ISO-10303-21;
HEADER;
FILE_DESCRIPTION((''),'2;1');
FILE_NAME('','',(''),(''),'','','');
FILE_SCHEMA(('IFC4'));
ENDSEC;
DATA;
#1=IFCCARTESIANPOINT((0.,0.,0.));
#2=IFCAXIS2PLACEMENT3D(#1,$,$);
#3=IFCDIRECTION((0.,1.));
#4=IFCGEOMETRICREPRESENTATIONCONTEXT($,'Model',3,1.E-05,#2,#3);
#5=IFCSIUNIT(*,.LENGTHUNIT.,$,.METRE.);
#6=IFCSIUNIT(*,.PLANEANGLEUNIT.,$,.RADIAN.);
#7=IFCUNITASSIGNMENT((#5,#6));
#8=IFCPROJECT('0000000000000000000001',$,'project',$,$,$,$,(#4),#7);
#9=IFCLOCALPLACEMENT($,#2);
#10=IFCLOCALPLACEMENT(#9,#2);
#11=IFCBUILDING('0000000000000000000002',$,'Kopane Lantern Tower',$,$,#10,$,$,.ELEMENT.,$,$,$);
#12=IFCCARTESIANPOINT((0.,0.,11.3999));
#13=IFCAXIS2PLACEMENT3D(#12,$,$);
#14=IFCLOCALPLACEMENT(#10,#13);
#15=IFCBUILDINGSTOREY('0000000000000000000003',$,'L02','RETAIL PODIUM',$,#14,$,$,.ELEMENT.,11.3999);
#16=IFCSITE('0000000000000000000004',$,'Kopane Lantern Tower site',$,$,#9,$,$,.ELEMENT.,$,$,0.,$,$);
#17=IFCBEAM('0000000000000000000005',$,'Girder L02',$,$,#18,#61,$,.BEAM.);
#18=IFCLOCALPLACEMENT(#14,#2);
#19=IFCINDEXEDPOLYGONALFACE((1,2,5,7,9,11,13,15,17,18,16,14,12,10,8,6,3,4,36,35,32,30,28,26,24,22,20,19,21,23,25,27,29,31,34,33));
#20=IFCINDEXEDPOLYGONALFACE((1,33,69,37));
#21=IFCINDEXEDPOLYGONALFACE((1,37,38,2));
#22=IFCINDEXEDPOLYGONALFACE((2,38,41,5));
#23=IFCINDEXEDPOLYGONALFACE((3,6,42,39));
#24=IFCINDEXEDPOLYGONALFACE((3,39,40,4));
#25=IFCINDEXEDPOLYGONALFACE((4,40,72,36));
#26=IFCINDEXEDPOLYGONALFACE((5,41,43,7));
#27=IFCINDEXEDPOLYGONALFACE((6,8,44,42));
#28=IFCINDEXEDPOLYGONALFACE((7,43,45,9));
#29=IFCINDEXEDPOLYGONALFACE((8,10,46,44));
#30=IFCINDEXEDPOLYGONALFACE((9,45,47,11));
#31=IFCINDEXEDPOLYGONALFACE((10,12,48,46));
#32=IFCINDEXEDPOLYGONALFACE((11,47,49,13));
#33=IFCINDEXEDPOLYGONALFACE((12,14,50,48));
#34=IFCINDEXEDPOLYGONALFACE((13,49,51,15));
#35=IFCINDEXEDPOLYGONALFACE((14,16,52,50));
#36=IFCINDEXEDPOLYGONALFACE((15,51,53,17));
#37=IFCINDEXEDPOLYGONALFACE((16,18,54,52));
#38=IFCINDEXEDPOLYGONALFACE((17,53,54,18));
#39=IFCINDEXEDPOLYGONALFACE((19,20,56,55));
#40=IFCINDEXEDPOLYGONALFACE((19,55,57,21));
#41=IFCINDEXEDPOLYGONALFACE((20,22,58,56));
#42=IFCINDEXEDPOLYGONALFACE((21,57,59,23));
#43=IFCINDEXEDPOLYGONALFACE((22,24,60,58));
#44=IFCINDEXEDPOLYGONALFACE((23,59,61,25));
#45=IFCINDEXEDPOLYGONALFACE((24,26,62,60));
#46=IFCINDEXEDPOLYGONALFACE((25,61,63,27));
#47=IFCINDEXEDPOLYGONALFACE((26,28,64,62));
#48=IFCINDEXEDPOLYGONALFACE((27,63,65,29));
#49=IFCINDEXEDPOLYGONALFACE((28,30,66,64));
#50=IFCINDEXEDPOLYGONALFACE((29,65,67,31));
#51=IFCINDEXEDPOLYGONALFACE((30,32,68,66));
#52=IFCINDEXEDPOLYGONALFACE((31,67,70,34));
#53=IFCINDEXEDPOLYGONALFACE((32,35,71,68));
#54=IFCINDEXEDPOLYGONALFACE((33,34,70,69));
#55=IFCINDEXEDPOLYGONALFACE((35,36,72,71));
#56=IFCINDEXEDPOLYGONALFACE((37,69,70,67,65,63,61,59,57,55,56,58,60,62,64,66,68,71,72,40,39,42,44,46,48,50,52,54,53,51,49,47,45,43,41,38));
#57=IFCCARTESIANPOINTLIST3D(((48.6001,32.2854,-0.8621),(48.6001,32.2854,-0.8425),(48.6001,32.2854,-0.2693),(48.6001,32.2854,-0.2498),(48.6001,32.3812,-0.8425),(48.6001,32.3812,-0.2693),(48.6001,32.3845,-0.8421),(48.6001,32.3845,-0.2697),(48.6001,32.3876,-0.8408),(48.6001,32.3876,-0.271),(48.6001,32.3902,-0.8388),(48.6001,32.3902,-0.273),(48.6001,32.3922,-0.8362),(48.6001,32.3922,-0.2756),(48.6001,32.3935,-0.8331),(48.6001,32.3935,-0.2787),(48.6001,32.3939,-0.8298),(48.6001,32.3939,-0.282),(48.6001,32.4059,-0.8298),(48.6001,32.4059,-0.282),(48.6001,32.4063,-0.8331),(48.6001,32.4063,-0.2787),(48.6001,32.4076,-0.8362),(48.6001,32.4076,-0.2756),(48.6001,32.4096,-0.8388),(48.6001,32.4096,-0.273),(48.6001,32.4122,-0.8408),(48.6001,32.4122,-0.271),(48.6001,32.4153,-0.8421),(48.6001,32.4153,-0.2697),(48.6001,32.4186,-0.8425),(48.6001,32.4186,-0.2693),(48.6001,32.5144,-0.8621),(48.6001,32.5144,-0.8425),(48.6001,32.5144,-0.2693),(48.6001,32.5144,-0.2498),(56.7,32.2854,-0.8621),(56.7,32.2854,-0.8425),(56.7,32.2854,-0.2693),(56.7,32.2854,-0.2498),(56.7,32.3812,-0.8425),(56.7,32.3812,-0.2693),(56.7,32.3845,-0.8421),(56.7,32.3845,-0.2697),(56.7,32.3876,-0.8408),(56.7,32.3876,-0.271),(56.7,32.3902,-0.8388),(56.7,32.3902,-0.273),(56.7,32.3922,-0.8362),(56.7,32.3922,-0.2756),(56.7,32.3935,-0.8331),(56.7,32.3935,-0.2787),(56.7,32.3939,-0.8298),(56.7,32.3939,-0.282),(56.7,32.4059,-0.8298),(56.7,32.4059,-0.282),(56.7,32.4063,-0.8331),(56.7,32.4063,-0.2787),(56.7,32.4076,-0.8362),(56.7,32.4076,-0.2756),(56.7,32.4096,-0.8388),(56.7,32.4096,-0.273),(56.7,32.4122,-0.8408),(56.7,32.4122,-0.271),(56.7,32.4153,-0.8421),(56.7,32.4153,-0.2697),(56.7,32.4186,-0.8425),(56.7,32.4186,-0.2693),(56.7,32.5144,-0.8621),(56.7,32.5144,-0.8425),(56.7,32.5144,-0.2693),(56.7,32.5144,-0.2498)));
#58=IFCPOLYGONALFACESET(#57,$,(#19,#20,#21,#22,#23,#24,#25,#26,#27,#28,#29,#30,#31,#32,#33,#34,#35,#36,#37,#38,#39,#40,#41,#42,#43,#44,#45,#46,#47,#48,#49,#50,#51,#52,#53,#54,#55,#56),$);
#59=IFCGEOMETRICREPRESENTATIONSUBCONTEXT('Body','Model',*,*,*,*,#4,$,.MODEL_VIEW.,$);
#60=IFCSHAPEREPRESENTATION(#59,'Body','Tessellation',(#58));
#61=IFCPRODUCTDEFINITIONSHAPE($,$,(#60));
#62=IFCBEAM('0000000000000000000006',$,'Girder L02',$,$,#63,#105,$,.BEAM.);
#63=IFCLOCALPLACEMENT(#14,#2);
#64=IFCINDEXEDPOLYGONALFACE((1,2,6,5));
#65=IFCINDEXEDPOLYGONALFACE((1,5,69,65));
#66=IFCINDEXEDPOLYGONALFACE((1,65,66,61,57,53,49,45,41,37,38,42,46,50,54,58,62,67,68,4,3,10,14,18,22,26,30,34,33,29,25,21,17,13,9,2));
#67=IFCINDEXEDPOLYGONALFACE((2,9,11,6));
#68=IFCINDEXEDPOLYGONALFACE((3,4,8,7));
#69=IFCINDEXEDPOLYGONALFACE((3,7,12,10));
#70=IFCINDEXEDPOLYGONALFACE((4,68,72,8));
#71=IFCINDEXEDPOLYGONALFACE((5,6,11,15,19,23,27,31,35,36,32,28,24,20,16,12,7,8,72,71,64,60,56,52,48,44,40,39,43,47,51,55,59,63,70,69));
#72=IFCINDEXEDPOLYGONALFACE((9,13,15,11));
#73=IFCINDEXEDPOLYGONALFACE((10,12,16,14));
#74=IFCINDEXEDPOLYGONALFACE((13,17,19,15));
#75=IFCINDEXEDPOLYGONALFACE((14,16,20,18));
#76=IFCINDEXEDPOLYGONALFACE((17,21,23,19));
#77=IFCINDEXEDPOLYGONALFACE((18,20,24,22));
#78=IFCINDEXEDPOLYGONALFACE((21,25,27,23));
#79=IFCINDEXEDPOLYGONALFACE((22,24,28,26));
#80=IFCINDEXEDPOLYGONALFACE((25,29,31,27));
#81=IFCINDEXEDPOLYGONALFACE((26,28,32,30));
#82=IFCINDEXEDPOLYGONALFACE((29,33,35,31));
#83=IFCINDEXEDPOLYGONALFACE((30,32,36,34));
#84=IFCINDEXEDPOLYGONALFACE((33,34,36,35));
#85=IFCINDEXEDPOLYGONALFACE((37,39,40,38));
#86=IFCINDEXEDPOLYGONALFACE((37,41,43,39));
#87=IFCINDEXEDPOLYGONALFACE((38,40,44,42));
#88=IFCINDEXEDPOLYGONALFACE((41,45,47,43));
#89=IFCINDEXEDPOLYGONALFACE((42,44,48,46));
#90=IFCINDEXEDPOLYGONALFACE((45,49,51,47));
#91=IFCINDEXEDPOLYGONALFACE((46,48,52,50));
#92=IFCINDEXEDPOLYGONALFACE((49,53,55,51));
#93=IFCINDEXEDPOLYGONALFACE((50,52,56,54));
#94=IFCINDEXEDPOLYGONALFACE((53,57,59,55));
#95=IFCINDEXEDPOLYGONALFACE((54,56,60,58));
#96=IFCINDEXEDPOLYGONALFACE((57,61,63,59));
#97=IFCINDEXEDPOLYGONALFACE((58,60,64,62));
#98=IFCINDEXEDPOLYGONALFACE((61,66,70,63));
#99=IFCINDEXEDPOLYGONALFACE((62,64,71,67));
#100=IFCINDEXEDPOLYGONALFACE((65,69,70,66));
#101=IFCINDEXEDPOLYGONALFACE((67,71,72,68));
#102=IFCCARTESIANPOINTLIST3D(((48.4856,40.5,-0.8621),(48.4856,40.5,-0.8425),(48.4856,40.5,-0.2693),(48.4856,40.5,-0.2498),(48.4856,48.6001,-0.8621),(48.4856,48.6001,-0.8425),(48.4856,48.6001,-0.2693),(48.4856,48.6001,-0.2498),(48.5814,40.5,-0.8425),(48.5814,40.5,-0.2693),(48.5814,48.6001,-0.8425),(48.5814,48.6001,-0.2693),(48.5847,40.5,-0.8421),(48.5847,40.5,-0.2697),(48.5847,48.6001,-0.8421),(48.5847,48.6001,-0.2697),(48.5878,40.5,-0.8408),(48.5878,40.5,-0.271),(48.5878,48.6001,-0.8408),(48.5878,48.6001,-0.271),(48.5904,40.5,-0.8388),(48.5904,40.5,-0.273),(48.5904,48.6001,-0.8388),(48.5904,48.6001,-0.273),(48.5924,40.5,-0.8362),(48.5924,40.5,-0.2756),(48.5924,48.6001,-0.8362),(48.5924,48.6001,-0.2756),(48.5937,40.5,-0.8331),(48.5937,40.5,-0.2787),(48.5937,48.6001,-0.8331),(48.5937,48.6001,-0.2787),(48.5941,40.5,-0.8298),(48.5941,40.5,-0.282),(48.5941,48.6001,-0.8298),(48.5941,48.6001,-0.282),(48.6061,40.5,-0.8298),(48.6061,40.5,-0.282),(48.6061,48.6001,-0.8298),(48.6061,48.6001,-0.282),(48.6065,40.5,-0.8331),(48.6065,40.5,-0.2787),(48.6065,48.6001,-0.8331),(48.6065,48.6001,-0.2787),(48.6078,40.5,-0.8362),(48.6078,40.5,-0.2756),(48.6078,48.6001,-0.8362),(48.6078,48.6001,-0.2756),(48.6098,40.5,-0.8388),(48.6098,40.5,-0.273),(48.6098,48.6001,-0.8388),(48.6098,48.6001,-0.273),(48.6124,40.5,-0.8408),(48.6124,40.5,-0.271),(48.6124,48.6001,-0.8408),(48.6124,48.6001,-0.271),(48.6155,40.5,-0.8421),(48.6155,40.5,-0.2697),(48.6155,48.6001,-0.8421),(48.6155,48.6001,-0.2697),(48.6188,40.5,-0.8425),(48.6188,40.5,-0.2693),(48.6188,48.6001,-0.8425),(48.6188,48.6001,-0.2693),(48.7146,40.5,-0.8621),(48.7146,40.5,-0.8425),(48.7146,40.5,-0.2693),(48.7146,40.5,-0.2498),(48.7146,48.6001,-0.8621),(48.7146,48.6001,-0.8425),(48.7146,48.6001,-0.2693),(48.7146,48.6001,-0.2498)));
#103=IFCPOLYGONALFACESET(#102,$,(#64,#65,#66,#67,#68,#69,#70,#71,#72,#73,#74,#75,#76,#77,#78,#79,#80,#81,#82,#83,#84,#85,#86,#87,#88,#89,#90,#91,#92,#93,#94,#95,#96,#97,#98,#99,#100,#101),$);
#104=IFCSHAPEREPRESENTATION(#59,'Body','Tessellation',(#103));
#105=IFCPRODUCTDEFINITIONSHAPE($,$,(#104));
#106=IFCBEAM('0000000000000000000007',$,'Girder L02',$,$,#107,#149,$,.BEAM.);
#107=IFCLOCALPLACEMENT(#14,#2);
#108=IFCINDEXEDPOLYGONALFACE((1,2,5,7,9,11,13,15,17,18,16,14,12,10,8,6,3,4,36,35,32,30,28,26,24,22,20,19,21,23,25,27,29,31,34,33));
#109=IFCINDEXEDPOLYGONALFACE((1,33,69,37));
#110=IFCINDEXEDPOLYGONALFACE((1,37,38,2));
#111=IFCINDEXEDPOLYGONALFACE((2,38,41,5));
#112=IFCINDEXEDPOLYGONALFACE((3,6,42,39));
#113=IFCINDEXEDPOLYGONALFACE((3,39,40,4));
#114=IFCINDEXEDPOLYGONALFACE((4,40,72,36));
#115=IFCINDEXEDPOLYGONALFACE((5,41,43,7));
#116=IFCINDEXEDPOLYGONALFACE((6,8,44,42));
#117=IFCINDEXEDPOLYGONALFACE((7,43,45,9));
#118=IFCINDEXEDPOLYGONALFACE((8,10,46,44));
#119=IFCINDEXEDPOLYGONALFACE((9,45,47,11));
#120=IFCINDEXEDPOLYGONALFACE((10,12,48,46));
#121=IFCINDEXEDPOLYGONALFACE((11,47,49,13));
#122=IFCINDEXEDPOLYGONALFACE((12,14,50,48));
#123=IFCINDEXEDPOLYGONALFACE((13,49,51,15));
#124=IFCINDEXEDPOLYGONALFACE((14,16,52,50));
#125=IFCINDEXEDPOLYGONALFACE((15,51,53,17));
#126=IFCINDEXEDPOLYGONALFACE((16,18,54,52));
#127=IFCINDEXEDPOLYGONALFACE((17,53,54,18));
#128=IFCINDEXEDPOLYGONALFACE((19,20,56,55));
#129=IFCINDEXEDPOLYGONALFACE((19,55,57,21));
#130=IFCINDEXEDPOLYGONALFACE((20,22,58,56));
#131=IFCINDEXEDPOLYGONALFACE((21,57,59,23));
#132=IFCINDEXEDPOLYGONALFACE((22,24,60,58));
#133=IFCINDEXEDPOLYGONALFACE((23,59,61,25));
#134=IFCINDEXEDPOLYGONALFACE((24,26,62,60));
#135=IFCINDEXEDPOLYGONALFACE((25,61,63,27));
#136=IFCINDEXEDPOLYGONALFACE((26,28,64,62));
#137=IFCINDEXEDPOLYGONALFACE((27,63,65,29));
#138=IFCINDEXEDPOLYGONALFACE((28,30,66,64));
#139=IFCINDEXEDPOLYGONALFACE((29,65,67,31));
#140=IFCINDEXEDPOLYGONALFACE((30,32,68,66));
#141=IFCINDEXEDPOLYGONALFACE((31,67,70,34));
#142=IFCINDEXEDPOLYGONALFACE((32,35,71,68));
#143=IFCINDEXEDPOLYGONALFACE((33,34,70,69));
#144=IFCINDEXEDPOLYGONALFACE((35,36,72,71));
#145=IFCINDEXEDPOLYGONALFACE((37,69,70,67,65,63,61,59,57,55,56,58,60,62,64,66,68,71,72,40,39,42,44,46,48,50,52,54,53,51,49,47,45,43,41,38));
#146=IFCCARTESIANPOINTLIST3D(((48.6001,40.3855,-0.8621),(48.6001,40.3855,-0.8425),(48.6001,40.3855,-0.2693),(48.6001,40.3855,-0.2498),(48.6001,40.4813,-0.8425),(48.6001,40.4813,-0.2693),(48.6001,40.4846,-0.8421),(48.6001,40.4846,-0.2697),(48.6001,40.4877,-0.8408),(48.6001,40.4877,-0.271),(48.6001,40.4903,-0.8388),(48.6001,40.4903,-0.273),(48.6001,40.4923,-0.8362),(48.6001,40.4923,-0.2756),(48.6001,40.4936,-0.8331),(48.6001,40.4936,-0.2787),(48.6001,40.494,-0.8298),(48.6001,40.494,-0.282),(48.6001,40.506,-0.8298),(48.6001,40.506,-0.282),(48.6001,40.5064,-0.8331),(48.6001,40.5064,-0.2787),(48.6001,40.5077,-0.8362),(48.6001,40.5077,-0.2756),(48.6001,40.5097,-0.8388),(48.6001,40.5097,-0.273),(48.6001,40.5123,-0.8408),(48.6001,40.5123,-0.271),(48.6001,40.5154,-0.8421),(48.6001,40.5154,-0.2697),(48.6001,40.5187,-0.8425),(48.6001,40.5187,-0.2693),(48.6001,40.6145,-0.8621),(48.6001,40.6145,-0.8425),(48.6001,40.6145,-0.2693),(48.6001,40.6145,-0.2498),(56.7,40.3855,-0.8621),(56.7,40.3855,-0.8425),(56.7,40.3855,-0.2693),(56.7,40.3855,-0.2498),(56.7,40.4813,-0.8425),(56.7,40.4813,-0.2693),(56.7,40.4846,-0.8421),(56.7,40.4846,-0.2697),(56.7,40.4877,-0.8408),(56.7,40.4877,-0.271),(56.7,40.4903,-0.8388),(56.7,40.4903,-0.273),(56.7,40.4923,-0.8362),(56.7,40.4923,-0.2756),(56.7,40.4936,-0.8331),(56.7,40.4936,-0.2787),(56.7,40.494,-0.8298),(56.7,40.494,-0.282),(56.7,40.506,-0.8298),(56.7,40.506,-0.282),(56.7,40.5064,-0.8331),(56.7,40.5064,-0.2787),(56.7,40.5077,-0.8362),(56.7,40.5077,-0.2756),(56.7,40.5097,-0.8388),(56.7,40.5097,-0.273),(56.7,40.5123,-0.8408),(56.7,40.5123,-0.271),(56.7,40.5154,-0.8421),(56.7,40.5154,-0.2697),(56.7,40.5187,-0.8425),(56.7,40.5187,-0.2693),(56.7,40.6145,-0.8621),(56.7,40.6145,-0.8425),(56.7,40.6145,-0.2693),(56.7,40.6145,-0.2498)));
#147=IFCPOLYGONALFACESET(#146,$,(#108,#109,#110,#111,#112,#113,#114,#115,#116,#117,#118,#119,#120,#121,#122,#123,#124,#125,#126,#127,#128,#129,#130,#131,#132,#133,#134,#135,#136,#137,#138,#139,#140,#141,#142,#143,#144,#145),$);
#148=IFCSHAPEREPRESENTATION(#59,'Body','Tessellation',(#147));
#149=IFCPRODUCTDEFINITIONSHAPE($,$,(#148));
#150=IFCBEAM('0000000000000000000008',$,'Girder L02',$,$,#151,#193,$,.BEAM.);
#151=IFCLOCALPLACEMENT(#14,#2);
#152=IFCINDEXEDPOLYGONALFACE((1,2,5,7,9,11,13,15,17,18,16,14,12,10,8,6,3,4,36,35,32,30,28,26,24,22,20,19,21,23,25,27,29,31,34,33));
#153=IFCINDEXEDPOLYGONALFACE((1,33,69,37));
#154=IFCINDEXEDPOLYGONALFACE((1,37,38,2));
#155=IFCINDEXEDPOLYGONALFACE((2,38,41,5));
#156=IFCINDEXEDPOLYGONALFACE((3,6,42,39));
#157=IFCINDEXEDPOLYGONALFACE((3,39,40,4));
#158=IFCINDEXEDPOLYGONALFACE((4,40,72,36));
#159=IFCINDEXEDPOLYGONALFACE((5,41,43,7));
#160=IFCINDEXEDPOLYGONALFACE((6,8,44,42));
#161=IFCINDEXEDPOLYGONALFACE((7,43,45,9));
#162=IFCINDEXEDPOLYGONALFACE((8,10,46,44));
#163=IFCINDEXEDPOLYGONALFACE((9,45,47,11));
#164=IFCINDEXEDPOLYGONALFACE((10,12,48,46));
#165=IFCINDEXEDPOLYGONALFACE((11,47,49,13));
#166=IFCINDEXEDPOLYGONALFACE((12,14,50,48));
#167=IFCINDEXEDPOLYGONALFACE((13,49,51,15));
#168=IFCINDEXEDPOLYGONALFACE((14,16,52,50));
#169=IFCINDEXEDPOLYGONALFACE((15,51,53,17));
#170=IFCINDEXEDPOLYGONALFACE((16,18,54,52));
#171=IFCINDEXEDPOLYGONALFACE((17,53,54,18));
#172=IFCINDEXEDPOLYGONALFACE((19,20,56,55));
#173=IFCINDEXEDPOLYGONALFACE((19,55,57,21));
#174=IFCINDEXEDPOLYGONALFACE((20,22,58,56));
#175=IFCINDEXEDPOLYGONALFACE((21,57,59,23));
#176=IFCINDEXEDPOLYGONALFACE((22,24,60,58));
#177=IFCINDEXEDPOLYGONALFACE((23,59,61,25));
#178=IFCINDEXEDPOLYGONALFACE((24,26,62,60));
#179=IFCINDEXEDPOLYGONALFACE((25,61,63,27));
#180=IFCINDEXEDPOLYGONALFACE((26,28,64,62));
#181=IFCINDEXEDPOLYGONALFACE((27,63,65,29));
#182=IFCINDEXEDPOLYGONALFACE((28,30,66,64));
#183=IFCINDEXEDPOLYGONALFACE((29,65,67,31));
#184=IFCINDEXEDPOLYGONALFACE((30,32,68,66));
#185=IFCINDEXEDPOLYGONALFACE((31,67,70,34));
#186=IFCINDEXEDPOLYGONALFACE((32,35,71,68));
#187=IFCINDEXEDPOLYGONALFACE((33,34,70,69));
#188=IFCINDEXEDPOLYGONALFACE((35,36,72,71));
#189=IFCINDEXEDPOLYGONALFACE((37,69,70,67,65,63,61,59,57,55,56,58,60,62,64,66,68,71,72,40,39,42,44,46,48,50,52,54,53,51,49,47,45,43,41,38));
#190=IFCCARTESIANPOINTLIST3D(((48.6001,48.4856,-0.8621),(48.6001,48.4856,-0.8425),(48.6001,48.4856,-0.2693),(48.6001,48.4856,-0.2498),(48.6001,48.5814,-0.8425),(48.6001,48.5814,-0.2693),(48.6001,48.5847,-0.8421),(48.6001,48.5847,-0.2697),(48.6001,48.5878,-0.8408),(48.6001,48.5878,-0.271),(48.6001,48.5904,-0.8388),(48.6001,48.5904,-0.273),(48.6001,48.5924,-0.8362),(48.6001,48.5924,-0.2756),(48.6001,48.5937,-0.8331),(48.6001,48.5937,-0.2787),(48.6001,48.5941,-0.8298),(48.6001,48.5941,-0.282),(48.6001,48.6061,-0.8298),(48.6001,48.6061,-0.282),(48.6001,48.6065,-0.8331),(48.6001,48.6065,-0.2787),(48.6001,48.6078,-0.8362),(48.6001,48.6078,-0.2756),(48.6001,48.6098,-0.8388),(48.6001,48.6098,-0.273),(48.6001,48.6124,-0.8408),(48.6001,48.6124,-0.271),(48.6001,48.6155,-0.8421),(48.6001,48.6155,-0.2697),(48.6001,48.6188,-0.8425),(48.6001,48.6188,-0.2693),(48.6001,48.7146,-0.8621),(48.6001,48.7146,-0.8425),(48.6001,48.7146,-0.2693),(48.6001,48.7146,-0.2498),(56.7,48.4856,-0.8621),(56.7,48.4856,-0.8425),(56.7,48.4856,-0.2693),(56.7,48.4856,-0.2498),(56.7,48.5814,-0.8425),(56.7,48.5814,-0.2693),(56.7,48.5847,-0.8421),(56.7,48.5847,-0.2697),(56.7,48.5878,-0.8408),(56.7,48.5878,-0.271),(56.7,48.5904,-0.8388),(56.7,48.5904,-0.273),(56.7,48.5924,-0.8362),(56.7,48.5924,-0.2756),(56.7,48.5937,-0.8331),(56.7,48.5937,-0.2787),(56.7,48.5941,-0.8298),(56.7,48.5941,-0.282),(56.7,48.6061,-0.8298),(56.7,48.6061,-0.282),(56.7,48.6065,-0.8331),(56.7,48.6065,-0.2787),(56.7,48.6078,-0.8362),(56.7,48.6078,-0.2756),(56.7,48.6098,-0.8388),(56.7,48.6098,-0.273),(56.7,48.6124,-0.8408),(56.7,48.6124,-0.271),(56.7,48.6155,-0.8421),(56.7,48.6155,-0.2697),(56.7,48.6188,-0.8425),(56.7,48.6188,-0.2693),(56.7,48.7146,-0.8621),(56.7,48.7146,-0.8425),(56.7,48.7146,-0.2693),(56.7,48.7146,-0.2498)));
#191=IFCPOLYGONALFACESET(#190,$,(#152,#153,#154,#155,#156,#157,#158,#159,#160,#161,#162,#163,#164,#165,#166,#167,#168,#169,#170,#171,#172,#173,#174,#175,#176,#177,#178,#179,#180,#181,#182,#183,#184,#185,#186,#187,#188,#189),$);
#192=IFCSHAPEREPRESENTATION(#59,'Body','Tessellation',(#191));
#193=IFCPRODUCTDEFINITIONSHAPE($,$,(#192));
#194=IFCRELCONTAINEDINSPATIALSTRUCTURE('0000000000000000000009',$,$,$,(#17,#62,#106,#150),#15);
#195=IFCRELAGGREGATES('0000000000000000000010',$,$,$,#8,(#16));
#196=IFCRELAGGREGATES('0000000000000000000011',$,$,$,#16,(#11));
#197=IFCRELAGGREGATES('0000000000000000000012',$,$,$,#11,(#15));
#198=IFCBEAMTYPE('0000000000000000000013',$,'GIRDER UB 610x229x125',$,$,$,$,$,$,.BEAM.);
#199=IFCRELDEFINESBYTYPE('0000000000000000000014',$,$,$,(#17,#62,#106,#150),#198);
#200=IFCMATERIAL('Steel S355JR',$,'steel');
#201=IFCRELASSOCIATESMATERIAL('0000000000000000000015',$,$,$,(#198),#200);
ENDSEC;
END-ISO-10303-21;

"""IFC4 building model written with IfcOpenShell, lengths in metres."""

from ifc_helpers import new_model, si_unit, direction, frame, origin, origin_2d, place, context, subcontext, project, spatial, i_section, extrude, material, material_profile, profile_set, type_object, element, save


model = new_model("IFC4")

# Units and contexts
model_context = context("Model", 3, precision=1e-05, world=origin(), true_north=direction((0.0, 1.0)))
body_context = subcontext(model_context, "Body", "Model", "MODEL_VIEW")
ifc_project = project(units=[si_unit("LENGTHUNIT", "METRE"), si_unit("PLANEANGLEUNIT", "RADIAN")], contexts=[model_context])

# Site, building, storey
site_placement = place(None, origin())
site = spatial("IfcSite", under=ifc_project, at=site_placement, Name="Kopane Lantern Tower site", CompositionType="ELEMENT", RefElevation=0.0)
building_placement = place(site_placement, origin())
building = spatial("IfcBuilding", under=site, at=building_placement, Name="Kopane Lantern Tower", CompositionType="ELEMENT")
storey_placement = place(building_placement, frame((0.0, 0.0, 11.3999)))
storey = spatial("IfcBuildingStorey", under=building, at=storey_placement, Name="L02", Description="RETAIL PODIUM", CompositionType="ELEMENT", Elevation=11.3999)

# Beams
ifc_material_1 = material(Name="Steel S355JR", Category="steel")
ifc_material_profile_1 = material_profile(ifc_material_1, i_section(OverallWidth=0.229, OverallDepth=0.6123, WebThickness=0.012, FlangeThickness=0.0195, FilletRadius=0.0127, at=origin_2d()), Name="UB 610x229x125")
ifc_profile_set_1 = profile_set([ifc_material_profile_1], Name="Steel S355JR")
beam_type = type_object("IfcBeamType", Name="GIRDER UB 610x229x125", PredefinedType="BEAM", material=ifc_profile_set_1)
beam_1_placement = place(storey_placement, frame((48.6001, 32.3999, -0.5559), z_axis=(1.0, 0.0, 0.0), x_axis=(0.0, 1.0, 0.0)))
element("IfcBeam", 1, at=beam_1_placement, inside=storey, type_object=beam_type, Name="Girder L02", PredefinedType="BEAM", context=body_context, shape_type="SweptSolid", body=[
    extrude(i_section(OverallWidth=0.229, OverallDepth=0.6123, WebThickness=0.012, FlangeThickness=0.0195, FilletRadius=0.0127, at=origin_2d()), origin(), (0.0, 0.0, 1.0), 8.0999),
])
beam_2_placement = place(storey_placement, frame((48.6001, 40.5, -0.5559), z_axis=(0.0, 1.0, 0.0), x_axis=(-1.0, 0.0, 0.0)))
element("IfcBeam", 2, at=beam_2_placement, inside=storey, type_object=beam_type, Name="Girder L02", PredefinedType="BEAM", context=body_context, shape_type="SweptSolid", body=[
    extrude(i_section(OverallWidth=0.229, OverallDepth=0.6123, WebThickness=0.012, FlangeThickness=0.0195, FilletRadius=0.0127, at=origin_2d()), origin(), (0.0, 0.0, 1.0), 8.1001),
])
for number, where, z_axis, x_axis, name in (
    (3, (48.6001, 40.5, -0.5559), (1.0, 0.0, 0.0), (0.0, 1.0, 0.0), "Girder L02"),
    (4, (48.6001, 48.6001, -0.5559), (1.0, 0.0, 0.0), (0.0, 1.0, 0.0), "Girder L02"),
):
    element("IfcBeam", number, at=place(storey_placement, frame(where, z_axis=z_axis, x_axis=x_axis)), inside=storey, type_object=beam_type, Name=name, PredefinedType="BEAM", context=body_context, shape_type="SweptSolid", body=[
        extrude(i_section(OverallWidth=0.229, OverallDepth=0.6123, WebThickness=0.012, FlangeThickness=0.0195, FilletRadius=0.0127, at=origin_2d()), origin(), (0.0, 0.0, 1.0), 8.0999),
    ])

save(model, "model.ifc")
